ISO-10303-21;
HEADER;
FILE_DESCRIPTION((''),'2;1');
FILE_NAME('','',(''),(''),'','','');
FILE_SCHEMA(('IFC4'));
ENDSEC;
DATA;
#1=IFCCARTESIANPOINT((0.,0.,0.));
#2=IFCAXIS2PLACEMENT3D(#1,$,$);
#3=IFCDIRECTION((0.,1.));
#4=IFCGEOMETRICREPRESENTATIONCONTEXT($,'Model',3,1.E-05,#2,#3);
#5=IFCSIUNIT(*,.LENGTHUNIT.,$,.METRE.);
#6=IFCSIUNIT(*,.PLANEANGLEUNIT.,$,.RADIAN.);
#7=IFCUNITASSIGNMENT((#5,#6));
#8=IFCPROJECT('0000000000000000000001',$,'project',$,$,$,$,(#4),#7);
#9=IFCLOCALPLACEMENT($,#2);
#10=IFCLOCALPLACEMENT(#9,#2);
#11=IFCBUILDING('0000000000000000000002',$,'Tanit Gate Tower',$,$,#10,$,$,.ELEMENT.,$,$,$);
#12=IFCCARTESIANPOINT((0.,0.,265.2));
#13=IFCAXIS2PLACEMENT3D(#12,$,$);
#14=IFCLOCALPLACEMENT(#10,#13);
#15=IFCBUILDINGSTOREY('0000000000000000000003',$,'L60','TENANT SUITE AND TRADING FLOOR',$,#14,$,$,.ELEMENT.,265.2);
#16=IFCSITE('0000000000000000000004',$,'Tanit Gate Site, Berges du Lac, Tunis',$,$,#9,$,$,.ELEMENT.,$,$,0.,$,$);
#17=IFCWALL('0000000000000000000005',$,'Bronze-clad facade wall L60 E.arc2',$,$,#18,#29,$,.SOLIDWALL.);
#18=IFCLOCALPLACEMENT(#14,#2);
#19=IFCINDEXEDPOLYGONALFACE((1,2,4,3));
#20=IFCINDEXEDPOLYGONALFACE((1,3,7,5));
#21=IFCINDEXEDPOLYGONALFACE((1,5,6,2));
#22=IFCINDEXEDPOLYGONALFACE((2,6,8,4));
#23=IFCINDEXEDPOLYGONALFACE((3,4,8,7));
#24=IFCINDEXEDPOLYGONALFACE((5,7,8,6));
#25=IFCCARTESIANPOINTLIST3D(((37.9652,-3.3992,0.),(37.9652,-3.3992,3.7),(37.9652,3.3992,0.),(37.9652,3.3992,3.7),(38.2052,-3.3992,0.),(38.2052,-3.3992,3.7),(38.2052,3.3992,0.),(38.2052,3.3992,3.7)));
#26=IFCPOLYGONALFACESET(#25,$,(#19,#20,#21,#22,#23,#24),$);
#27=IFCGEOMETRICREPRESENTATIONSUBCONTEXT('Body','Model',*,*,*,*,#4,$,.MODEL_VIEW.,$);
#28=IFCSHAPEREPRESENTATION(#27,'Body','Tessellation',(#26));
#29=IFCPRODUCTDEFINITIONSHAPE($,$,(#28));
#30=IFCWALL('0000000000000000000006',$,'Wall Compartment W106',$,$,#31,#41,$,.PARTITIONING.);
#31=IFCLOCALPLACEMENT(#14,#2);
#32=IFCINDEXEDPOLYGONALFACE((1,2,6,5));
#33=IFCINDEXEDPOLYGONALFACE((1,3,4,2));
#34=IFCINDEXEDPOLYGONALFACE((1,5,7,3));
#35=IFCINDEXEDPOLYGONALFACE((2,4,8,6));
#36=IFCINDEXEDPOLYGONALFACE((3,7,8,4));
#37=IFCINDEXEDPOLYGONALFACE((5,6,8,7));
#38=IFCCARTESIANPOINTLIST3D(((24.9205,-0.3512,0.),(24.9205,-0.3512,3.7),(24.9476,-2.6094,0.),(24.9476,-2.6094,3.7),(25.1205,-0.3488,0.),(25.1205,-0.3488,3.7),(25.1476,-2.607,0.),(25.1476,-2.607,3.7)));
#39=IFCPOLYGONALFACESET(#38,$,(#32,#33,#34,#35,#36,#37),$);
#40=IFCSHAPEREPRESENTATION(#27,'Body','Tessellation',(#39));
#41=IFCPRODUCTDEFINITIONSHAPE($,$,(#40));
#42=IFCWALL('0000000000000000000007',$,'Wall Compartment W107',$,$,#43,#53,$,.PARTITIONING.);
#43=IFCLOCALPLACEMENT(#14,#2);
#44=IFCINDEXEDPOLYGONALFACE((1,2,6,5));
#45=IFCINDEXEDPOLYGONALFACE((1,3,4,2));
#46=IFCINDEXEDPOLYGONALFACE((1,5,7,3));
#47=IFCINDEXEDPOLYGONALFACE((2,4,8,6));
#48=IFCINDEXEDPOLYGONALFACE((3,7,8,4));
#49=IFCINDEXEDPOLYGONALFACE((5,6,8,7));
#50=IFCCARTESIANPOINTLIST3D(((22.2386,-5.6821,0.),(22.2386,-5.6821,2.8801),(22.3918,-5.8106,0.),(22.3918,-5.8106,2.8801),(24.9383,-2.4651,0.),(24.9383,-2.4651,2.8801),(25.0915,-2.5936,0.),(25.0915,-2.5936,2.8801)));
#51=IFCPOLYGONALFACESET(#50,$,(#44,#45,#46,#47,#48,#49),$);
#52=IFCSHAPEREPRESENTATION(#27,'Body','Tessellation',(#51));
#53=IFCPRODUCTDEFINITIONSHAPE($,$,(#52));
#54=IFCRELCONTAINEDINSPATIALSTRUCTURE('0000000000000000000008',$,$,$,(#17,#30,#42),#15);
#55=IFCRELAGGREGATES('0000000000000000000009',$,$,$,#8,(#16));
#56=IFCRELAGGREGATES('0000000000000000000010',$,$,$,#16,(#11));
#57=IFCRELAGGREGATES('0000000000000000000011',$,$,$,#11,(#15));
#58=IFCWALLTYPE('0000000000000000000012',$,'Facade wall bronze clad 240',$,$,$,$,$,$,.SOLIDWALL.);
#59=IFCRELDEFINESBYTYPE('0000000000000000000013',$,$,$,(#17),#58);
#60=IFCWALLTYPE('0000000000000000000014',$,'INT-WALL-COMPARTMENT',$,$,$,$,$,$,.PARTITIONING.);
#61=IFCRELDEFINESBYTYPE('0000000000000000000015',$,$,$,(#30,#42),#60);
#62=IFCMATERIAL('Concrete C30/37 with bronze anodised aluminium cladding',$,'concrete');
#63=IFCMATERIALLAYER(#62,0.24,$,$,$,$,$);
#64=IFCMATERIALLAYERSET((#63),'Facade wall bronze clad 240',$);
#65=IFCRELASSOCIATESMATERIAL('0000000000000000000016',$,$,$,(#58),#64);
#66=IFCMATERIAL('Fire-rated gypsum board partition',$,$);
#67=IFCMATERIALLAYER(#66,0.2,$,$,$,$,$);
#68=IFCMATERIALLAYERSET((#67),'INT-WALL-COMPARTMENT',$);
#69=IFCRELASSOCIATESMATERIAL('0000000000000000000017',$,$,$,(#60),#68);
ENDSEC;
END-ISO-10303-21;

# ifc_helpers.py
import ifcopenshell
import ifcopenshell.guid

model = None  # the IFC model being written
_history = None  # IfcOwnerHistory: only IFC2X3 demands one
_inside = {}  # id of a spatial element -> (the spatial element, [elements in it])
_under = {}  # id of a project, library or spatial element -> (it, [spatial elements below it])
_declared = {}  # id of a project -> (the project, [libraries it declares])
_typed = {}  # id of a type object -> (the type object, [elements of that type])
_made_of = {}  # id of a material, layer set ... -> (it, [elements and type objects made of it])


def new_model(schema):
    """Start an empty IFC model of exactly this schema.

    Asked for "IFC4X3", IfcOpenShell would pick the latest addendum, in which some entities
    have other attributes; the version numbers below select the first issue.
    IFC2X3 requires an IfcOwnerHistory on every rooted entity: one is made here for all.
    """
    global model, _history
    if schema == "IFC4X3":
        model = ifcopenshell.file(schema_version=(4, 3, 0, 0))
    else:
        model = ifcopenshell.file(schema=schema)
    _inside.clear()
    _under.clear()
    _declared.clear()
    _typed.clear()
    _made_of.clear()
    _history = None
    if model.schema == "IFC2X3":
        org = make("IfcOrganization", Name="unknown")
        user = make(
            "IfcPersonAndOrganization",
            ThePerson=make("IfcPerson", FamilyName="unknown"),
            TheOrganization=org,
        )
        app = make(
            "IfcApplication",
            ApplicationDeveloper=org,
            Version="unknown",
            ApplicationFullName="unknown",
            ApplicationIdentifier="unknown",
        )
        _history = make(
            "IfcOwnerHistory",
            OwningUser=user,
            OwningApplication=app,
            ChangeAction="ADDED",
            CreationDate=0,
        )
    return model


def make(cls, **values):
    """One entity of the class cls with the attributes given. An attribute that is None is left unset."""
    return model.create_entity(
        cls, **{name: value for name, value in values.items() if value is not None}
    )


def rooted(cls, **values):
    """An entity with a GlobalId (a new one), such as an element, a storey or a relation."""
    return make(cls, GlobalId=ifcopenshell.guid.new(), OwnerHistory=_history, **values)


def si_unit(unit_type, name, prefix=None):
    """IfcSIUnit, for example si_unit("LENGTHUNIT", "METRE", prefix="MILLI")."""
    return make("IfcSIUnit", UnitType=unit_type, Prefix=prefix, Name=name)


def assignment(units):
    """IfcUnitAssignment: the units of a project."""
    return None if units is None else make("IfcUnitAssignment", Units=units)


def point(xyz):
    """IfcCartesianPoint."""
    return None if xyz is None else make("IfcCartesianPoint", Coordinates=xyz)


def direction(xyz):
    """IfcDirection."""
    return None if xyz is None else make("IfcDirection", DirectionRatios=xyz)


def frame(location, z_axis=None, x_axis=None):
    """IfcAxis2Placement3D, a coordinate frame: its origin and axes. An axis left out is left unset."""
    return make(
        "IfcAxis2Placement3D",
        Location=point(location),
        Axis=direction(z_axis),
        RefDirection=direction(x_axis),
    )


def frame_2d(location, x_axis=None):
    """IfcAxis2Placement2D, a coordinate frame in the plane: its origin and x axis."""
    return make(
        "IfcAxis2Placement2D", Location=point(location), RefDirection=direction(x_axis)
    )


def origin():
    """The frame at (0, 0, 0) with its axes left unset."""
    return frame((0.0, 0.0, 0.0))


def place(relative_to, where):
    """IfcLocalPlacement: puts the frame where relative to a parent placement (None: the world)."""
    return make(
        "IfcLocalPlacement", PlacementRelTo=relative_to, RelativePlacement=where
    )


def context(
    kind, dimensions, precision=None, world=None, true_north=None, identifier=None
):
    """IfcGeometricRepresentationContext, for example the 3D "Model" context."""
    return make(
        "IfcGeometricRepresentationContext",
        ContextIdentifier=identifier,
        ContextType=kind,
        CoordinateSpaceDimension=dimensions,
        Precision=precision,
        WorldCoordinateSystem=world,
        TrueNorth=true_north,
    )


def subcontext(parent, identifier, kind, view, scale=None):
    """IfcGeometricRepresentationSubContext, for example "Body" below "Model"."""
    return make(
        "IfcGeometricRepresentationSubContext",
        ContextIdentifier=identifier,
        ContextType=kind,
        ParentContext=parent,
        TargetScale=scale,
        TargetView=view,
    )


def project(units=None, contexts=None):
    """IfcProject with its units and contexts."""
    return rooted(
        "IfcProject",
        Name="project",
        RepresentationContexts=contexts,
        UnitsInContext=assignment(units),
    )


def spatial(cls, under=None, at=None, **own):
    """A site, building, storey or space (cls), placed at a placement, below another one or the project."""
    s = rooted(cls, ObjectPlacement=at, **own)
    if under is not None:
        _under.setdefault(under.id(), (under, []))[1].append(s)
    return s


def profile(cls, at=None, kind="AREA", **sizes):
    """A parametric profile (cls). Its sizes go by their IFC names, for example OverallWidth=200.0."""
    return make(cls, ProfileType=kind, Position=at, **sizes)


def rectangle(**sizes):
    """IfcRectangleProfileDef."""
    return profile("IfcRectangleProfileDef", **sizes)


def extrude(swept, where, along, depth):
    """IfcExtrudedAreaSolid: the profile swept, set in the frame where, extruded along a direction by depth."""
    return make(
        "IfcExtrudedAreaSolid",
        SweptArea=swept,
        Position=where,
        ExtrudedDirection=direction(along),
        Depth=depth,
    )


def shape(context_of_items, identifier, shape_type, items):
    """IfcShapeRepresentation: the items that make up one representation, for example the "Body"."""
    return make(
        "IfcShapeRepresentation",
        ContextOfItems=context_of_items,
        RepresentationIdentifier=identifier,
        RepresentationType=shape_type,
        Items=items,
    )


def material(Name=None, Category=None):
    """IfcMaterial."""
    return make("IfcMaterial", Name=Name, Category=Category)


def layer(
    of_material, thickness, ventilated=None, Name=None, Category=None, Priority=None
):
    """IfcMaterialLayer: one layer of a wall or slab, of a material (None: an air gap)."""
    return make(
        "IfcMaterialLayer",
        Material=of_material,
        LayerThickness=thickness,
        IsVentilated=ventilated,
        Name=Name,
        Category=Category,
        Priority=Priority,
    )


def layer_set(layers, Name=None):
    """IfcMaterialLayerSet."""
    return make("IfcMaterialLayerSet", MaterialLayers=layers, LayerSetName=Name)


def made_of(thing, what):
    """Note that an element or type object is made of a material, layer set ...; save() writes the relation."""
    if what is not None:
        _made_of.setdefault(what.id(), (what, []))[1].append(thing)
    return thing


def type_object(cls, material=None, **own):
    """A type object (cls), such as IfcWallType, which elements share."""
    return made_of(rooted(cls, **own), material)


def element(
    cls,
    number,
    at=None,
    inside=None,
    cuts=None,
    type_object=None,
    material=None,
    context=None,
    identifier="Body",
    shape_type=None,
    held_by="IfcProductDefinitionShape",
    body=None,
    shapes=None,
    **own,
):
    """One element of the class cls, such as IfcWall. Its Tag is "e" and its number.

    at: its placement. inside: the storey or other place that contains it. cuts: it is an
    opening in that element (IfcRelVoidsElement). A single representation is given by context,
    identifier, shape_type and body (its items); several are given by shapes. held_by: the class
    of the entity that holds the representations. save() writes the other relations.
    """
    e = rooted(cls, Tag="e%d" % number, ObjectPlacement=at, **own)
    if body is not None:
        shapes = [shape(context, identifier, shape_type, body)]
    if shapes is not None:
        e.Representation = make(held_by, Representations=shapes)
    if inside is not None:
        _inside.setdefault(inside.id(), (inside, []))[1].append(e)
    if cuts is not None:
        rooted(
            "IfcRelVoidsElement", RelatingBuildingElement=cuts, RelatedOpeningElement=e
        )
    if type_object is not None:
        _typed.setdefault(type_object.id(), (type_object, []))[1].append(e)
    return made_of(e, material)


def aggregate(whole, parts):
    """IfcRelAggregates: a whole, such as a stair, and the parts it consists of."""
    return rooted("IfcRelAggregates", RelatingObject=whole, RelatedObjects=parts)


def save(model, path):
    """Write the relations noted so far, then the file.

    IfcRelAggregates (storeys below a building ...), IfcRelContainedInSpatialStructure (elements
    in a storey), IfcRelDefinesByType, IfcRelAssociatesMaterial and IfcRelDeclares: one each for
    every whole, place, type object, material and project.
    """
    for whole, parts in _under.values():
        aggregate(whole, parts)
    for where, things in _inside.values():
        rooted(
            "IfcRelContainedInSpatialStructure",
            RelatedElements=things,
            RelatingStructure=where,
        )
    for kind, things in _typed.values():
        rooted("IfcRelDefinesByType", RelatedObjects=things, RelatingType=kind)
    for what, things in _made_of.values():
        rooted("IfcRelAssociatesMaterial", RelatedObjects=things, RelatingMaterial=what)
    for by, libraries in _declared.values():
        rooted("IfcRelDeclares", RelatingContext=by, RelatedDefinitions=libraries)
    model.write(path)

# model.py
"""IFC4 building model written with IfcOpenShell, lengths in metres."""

from ifc_helpers import new_model, si_unit, direction, frame, frame_2d, origin, place, context, subcontext, project, spatial, rectangle, extrude, material, layer, layer_set, type_object, element, save


model = new_model("IFC4")

# Units and contexts
model_context = context("Model", 3, precision=1e-05, world=origin(), true_north=direction((0.0, 1.0)))
body_context = subcontext(model_context, "Body", "Model", "MODEL_VIEW")
ifc_project = project(units=[si_unit("LENGTHUNIT", "METRE"), si_unit("PLANEANGLEUNIT", "RADIAN")], contexts=[model_context])

# Site, building, storey
site_placement = place(None, origin())
site = spatial("IfcSite", under=ifc_project, at=site_placement, Name="Tanit Gate Site, Berges du Lac, Tunis", CompositionType="ELEMENT", RefElevation=0.0)
building_placement = place(site_placement, origin())
building = spatial("IfcBuilding", under=site, at=building_placement, Name="Tanit Gate Tower", CompositionType="ELEMENT")
storey_placement = place(building_placement, frame((0.0, 0.0, 265.2)))
storey = spatial("IfcBuildingStorey", under=building, at=storey_placement, Name="L60", Description="TENANT SUITE AND TRADING FLOOR", CompositionType="ELEMENT", Elevation=265.2)

# Walls
ifc_material_1 = material(Name="Concrete C30/37 with bronze anodised aluminium cladding", Category="concrete")
ifc_layer_1 = layer(ifc_material_1, 0.24)
ifc_layer_set_1 = layer_set([ifc_layer_1], Name="Facade wall bronze clad 240")
wall_type_1 = type_object("IfcWallType", Name="Facade wall bronze clad 240", PredefinedType="SOLIDWALL", material=ifc_layer_set_1)
wall_1_placement = place(storey_placement, frame((38.0852, -3.3992, 0.0), z_axis=(0.0, 0.0, 1.0), x_axis=(0.0, 1.0, 0.0)))
element("IfcWall", 1, at=wall_1_placement, inside=storey, type_object=wall_type_1, Name="Bronze-clad facade wall L60 E.arc2", PredefinedType="SOLIDWALL", context=body_context, shape_type="SweptSolid", body=[
    extrude(rectangle(XDim=6.7983, YDim=0.24, at=frame_2d((3.3992, 0.0))), origin(), (0.0, 0.0, 1.0), 3.7),
])
ifc_material_2 = material(Name="Fire-rated gypsum board partition")
ifc_layer_2 = layer(ifc_material_2, 0.2)
ifc_layer_set_2 = layer_set([ifc_layer_2], Name="INT-WALL-COMPARTMENT")
wall_type_2 = type_object("IfcWallType", Name="INT-WALL-COMPARTMENT", PredefinedType="PARTITIONING", material=ifc_layer_set_2)
wall_2_placement = place(storey_placement, frame((25.0476, -2.6082, 0.0), z_axis=(0.0, 0.0, 1.0), x_axis=(-0.012, 0.999928, 0.0)))
element("IfcWall", 2, at=wall_2_placement, inside=storey, type_object=wall_type_2, Name="Wall Compartment W106", PredefinedType="PARTITIONING", context=body_context, shape_type="SweptSolid", body=[
    extrude(rectangle(XDim=2.2583, YDim=0.2, at=frame_2d((1.1292, 0.0))), origin(), (0.0, 0.0, 1.0), 3.7),
])
wall_3_placement = place(storey_placement, frame((22.3152, -5.7463, 0.0), z_axis=(0.0, 0.0, 1.0), x_axis=(0.642828, 0.766011, 0.0)))
element("IfcWall", 3, at=wall_3_placement, inside=storey, type_object=wall_type_2, Name="Wall Compartment W107", PredefinedType="PARTITIONING", context=body_context, shape_type="SweptSolid", body=[
    extrude(rectangle(XDim=4.1997, YDim=0.2, at=frame_2d((2.0999, 0.0))), origin(), (0.0, 0.0, 1.0), 2.8801),
])

save(model, "model.ifc")
